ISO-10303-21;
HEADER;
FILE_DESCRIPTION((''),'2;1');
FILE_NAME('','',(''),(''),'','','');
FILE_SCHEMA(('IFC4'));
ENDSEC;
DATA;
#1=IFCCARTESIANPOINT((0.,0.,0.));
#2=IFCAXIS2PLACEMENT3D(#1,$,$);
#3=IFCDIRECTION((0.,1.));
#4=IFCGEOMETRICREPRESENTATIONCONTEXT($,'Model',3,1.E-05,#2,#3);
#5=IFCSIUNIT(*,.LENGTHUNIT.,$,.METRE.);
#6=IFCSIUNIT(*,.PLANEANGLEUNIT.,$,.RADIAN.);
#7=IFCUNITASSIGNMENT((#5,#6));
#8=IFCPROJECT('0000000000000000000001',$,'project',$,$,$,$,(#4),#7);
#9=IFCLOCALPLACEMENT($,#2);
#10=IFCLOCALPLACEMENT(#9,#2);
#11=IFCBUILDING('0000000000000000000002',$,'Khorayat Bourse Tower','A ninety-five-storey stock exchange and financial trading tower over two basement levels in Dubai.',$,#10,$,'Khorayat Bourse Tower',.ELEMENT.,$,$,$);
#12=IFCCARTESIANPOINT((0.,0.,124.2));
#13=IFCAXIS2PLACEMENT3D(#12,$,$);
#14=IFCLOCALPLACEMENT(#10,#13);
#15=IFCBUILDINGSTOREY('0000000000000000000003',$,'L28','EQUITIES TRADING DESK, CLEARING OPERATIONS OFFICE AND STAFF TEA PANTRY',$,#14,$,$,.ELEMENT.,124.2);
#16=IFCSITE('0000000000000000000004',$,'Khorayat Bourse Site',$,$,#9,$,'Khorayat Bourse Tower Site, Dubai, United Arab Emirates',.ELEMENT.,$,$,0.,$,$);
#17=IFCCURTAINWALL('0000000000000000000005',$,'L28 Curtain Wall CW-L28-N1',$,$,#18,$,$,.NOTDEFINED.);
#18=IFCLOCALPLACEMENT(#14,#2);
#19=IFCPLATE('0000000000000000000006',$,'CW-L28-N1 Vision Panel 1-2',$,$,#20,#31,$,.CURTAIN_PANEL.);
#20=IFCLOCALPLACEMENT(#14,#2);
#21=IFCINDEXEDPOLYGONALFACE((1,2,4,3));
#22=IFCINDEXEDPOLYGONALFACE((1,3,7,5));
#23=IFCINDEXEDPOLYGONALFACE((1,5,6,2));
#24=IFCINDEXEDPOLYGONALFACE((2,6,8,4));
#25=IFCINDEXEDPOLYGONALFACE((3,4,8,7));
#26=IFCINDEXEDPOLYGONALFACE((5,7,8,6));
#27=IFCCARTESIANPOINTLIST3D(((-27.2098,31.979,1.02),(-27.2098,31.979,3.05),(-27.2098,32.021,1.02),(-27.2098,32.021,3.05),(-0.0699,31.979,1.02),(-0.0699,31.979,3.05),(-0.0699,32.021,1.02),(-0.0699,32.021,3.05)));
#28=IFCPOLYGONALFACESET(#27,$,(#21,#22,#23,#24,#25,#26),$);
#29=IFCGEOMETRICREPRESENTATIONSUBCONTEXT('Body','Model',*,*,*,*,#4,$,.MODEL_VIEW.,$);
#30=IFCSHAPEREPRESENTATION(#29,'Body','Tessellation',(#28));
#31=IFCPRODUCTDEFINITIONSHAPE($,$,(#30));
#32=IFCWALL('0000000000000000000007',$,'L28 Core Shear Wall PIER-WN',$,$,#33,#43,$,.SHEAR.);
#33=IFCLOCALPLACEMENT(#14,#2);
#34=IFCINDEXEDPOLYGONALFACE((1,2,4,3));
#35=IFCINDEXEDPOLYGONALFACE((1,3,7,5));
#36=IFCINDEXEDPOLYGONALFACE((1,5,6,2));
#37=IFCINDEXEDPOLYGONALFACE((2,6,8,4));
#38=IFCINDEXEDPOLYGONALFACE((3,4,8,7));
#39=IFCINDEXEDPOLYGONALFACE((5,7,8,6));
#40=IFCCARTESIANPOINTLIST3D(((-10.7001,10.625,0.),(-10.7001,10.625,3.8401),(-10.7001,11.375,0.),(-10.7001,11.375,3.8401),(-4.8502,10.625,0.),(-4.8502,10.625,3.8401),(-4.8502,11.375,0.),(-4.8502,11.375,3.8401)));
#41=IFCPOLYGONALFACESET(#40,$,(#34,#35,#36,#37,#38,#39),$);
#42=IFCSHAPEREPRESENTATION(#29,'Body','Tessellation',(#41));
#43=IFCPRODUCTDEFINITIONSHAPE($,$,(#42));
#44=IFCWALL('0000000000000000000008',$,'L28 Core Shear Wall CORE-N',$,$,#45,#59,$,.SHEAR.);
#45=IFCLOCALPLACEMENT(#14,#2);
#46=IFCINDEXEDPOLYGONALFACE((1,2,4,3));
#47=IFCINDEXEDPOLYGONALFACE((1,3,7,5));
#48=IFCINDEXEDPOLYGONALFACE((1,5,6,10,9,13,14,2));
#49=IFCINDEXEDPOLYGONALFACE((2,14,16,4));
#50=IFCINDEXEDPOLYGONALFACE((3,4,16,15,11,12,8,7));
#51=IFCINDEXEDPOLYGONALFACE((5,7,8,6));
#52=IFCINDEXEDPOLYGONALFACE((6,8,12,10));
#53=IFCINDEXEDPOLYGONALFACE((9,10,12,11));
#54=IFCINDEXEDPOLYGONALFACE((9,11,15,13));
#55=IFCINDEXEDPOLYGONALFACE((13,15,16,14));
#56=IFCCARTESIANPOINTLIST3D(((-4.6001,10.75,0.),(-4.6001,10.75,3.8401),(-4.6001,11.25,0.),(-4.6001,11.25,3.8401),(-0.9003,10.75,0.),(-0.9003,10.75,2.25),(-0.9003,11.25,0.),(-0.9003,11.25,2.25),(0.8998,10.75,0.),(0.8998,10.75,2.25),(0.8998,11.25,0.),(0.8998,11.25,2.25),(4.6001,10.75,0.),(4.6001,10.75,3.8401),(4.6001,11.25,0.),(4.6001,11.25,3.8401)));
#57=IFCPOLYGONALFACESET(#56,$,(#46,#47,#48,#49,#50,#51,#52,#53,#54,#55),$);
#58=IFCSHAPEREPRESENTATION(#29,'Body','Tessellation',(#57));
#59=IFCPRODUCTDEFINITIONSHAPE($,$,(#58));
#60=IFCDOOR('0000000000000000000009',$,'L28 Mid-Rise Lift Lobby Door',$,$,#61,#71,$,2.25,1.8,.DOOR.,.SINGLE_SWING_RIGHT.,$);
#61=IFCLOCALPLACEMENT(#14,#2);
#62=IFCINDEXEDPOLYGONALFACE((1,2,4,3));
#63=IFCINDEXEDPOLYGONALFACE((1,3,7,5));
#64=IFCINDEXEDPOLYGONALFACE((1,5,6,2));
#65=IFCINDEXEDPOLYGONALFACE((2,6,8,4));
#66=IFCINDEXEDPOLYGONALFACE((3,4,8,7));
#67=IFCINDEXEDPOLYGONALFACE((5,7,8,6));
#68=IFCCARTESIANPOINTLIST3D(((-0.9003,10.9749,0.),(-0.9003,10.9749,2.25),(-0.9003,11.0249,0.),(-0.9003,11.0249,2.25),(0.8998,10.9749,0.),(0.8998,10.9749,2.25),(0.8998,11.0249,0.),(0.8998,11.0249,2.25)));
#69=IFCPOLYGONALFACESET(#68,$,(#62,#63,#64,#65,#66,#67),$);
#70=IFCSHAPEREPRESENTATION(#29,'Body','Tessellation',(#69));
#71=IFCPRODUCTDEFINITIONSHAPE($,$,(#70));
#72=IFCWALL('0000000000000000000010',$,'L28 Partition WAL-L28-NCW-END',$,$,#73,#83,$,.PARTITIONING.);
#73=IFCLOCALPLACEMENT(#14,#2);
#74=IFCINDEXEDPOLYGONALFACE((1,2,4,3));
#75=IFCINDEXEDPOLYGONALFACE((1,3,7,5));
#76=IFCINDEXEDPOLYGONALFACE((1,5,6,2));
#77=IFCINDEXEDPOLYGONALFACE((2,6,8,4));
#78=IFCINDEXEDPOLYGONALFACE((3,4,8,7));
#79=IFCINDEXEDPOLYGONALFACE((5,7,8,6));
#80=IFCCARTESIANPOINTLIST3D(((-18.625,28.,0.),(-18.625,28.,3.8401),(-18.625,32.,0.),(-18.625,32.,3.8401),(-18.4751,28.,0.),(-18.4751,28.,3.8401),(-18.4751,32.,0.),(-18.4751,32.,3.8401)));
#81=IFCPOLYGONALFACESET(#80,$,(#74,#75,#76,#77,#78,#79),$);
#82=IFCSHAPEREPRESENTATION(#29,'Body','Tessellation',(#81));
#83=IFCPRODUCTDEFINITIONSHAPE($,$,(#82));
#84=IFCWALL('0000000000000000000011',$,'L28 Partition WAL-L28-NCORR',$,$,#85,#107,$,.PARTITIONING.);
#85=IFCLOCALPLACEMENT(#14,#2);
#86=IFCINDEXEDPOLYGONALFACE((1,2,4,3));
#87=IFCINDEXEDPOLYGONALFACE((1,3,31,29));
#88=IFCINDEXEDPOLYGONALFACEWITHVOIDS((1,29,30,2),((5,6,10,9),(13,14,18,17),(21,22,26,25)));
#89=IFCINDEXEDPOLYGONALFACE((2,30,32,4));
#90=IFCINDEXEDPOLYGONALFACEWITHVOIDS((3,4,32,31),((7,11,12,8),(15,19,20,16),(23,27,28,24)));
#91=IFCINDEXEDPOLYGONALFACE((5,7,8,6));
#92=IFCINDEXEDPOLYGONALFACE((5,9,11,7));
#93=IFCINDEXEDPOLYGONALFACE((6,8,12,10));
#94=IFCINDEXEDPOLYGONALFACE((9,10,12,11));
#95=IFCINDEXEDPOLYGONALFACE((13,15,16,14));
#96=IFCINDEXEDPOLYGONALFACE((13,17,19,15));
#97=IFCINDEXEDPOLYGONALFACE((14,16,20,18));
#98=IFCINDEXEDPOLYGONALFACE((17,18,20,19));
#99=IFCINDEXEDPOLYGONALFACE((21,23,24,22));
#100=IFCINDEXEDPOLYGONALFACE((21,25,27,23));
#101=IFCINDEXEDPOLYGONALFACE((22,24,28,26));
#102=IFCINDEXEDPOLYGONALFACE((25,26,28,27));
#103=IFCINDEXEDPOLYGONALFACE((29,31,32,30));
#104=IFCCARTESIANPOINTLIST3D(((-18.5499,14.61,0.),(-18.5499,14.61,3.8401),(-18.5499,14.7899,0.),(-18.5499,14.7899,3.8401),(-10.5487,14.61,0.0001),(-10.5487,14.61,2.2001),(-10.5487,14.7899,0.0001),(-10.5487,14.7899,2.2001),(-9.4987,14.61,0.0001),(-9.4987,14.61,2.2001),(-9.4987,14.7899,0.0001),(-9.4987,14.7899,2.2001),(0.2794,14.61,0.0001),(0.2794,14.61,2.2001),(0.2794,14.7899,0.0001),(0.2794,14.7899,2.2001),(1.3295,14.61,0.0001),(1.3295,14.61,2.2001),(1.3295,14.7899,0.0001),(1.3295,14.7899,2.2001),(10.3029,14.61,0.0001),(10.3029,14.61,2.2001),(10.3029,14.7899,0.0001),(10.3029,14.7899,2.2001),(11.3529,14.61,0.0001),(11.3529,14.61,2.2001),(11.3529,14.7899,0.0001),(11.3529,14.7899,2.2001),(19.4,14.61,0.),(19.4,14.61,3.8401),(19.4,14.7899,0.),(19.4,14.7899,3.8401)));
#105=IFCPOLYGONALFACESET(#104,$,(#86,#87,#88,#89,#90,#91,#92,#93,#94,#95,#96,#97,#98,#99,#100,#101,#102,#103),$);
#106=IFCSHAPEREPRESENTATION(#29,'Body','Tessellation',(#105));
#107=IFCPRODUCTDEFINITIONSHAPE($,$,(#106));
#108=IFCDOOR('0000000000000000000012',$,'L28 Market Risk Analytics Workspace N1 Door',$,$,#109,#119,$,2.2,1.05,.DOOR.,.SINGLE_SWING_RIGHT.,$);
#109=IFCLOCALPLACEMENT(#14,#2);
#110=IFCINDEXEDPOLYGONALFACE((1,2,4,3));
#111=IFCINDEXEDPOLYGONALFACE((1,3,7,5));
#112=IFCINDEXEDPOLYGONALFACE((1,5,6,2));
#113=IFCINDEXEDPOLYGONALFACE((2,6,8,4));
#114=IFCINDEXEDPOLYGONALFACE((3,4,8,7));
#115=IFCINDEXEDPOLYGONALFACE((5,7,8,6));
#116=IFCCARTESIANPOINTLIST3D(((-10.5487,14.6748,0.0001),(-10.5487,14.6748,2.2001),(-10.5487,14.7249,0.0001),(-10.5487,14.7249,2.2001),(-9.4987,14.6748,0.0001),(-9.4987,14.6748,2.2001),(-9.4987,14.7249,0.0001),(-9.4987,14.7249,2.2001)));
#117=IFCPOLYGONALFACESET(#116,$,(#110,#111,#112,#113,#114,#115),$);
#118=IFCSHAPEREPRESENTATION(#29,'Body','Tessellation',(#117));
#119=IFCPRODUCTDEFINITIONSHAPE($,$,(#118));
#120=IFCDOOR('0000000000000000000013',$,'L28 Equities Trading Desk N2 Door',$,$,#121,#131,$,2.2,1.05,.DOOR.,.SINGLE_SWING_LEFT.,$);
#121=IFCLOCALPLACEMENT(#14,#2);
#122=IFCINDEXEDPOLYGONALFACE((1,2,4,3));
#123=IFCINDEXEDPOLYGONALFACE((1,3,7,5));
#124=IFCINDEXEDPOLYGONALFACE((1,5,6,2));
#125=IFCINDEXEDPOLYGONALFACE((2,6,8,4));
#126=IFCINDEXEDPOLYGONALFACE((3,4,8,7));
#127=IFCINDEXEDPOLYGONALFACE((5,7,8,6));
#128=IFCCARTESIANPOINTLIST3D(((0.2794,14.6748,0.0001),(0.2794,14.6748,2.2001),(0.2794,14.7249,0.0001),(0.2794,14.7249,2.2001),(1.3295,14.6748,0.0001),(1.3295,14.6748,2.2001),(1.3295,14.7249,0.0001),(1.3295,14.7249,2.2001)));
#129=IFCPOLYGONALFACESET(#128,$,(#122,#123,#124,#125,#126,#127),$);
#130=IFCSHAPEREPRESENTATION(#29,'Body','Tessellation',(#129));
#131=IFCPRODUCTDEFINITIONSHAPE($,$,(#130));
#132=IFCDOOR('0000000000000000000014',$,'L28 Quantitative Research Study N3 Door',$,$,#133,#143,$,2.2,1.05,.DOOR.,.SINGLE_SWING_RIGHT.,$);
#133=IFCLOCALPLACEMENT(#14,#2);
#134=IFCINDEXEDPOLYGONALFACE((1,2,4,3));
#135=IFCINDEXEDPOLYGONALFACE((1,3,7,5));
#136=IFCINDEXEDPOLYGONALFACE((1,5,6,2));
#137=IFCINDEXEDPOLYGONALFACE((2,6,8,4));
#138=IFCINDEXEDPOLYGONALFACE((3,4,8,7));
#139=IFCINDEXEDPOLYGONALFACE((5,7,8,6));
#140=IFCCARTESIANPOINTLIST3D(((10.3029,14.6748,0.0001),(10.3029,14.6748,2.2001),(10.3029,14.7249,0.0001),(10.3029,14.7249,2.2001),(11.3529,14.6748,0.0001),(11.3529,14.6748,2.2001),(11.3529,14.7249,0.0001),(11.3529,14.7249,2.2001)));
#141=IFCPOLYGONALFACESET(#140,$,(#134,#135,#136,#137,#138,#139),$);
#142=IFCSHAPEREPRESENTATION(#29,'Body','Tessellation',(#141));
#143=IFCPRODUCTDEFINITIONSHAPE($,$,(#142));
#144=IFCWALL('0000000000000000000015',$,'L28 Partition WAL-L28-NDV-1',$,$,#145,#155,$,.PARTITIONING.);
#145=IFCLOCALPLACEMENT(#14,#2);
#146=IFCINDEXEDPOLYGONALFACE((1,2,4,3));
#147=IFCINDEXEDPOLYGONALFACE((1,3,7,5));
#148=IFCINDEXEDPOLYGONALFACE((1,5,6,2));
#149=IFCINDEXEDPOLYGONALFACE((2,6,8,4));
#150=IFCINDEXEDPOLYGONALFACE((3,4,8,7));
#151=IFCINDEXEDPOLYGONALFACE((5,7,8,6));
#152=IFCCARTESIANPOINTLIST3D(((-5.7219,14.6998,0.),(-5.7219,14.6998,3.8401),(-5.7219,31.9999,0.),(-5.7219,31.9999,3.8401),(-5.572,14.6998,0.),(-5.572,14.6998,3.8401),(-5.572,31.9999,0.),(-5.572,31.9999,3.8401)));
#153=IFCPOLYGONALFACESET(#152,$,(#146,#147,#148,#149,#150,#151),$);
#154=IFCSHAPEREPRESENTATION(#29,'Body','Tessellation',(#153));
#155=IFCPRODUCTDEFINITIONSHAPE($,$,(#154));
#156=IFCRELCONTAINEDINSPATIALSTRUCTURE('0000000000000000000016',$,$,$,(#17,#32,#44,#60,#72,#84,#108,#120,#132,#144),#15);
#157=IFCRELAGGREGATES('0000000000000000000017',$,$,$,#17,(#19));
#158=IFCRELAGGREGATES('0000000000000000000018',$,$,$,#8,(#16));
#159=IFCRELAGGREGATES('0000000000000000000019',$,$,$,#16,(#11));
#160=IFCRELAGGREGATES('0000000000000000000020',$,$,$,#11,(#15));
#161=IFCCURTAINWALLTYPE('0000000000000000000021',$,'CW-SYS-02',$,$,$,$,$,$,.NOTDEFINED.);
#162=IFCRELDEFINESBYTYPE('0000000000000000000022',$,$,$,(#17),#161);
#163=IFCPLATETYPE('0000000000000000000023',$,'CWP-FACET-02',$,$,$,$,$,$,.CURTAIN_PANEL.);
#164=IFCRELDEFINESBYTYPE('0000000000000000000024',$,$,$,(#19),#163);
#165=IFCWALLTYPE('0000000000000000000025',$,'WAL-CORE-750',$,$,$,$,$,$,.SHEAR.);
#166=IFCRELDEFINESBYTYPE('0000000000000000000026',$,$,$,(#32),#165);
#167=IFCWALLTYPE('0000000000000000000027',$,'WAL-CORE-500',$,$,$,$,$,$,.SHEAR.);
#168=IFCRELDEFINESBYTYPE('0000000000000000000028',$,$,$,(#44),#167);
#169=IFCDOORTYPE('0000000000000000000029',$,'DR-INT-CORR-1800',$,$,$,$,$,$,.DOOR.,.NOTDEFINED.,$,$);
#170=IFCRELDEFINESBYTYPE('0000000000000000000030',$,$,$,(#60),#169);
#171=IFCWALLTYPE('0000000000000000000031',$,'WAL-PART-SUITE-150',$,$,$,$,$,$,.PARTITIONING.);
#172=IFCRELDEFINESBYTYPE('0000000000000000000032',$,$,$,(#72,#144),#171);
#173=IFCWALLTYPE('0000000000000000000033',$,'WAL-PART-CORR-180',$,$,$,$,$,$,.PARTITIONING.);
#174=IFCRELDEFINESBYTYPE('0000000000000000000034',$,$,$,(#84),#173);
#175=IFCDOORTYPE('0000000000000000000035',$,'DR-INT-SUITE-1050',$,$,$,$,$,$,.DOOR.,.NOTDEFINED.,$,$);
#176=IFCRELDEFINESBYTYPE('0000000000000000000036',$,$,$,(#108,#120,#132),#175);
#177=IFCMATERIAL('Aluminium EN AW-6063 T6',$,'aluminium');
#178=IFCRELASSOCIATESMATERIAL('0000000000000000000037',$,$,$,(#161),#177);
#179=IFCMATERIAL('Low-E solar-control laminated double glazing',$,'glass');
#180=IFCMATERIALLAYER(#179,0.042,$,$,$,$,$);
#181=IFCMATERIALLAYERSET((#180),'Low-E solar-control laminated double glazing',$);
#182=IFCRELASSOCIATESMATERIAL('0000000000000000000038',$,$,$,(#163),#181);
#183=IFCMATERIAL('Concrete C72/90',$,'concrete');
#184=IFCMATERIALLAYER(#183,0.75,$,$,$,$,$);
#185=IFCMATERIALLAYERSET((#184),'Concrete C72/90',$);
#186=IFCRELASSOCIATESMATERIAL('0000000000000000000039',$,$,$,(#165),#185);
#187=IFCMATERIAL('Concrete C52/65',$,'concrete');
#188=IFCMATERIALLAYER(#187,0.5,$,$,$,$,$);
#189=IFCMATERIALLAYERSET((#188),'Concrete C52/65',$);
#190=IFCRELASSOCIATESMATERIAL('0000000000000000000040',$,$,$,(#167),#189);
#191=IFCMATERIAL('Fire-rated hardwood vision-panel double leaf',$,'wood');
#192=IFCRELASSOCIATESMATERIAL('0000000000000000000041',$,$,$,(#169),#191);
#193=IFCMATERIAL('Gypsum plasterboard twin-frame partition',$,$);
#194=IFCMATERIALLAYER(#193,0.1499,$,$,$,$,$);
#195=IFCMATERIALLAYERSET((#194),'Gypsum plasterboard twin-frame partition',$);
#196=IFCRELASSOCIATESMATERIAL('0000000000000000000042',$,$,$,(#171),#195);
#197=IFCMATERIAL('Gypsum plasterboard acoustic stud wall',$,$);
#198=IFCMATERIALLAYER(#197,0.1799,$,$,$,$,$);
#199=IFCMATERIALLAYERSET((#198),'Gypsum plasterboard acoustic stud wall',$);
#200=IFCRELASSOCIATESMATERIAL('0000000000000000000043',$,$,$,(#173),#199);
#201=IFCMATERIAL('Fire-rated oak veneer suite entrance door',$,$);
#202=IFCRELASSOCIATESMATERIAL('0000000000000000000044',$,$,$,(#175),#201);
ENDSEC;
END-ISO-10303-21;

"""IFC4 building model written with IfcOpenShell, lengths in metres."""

from ifc_helpers import new_model, si_unit, direction, frame, frame_2d, origin, origin_2d, place, context, subcontext, project, spatial, rectangle, extrude, source, transform, mapped, material, layer, layer_set, type_object, element, fill, aggregate, save


model = new_model("IFC4")

# Units and contexts
model_context = context("Model", 3, precision=1e-05, world=origin(), true_north=direction((0.0, 1.0)))
body_context = subcontext(model_context, "Body", "Model", "MODEL_VIEW")
ifc_project = project(units=[si_unit("LENGTHUNIT", "METRE"), si_unit("PLANEANGLEUNIT", "RADIAN")], contexts=[model_context])

# Site, building, storey
site_placement = place(None, origin())
site = spatial("IfcSite", under=ifc_project, at=site_placement, Name="Khorayat Bourse Site", LongName="Khorayat Bourse Tower Site, Dubai, United Arab Emirates", CompositionType="ELEMENT", RefElevation=0.0)
building_placement = place(site_placement, origin())
building = spatial("IfcBuilding", under=site, at=building_placement, Name="Khorayat Bourse Tower", Description="A ninety-five-storey stock exchange and financial trading tower over two basement levels in Dubai.", LongName="Khorayat Bourse Tower", CompositionType="ELEMENT")
storey_placement = place(building_placement, frame((0.0, 0.0, 124.2)))
storey = spatial("IfcBuildingStorey", under=building, at=storey_placement, Name="L28", Description="EQUITIES TRADING DESK, CLEARING OPERATIONS OFFICE AND STAFF TEA PANTRY", CompositionType="ELEMENT", Elevation=124.2)

# Shared definitions
ifc_material_1 = material(Name="Concrete C72/90", Category="concrete")

# Curtain wall
ifc_material_2 = material(Name="Aluminium EN AW-6063 T6", Category="aluminium")
curtain_wall_type = type_object("IfcCurtainWallType", Name="CW-SYS-02", PredefinedType="NOTDEFINED", material=ifc_material_2)
curtain_wall_placement = place(storey_placement, origin())
curtain_wall = element("IfcCurtainWall", 1, at=curtain_wall_placement, inside=storey, type_object=curtain_wall_type, Name="L28 Curtain Wall CW-L28-N1", PredefinedType="NOTDEFINED")

# Plate
ifc_material_3 = material(Name="Low-E solar-control laminated double glazing", Category="glass")
ifc_layer_1 = layer(ifc_material_3, 0.042)
ifc_layer_set_1 = layer_set([ifc_layer_1], Name="Low-E solar-control laminated double glazing")
plate_type_1 = type_object("IfcPlateType", Name="CWP-FACET-02", PredefinedType="CURTAIN_PANEL", material=ifc_layer_set_1)
shared_shape_1 = source(origin(), body_context, "Body", "SweptSolid", [
    extrude(rectangle(XDim=27.1399, YDim=0.042, at=origin_2d()), origin(), (0.0, 0.0, 1.0), 2.03),
])
plate_1_placement = place(storey_placement, frame((-13.6399, 32.0, 1.02), z_axis=(0.0, 0.0, 1.0), x_axis=(1.0, 0.0, 0.0)))
plate_1 = element("IfcPlate", 2, at=plate_1_placement, type_object=plate_type_1, Name="CW-L28-N1 Vision Panel 1-2", PredefinedType="CURTAIN_PANEL", context=body_context, shape_type="MappedRepresentation", body=[
    mapped(shared_shape_1, transform((0.0, 0.0, 0.0), scale=1.0)),
])
aggregate(curtain_wall, [plate_1])

# Wall
ifc_layer_2 = layer(ifc_material_1, 0.75)
ifc_layer_set_2 = layer_set([ifc_layer_2], Name="Concrete C72/90")
wall_type_1 = type_object("IfcWallType", Name="WAL-CORE-750", PredefinedType="SHEAR", material=ifc_layer_set_2)
shared_shape_2 = source(origin(), body_context, "Body", "SweptSolid", [
    extrude(rectangle(XDim=5.8499, YDim=0.75, at=frame_2d((2.9248, 0.0))), origin(), (0.0, 0.0, 1.0), 3.8401),
])
wall_1_placement = place(storey_placement, frame((-10.7, 11.0, 0.0), z_axis=(0.0, 0.0, 1.0), x_axis=(1.0, 0.0, 0.0)))
element("IfcWall", 3, at=wall_1_placement, inside=storey, type_object=wall_type_1, Name="L28 Core Shear Wall PIER-WN", PredefinedType="SHEAR", context=body_context, shape_type="MappedRepresentation", body=[
    mapped(shared_shape_2, transform((0.0, 0.0, 0.0), scale=1.0)),
])

# Wall, opening, door
ifc_material_4 = material(Name="Concrete C52/65", Category="concrete")
ifc_layer_3 = layer(ifc_material_4, 0.5)
ifc_layer_set_3 = layer_set([ifc_layer_3], Name="Concrete C52/65")
wall_type_2 = type_object("IfcWallType", Name="WAL-CORE-500", PredefinedType="SHEAR", material=ifc_layer_set_3)
shared_shape_3 = source(origin(), body_context, "Body", "SweptSolid", [
    extrude(rectangle(XDim=9.2002, YDim=0.5, at=frame_2d((4.6001, 0.0))), origin(), (0.0, 0.0, 1.0), 3.8401),
])
wall_2_placement = place(storey_placement, frame((-4.6001, 11.0, 0.0), z_axis=(0.0, 0.0, 1.0), x_axis=(1.0, 0.0, 0.0)))
wall_2 = element("IfcWall", 4, at=wall_2_placement, inside=storey, type_object=wall_type_2, Name="L28 Core Shear Wall CORE-N", PredefinedType="SHEAR", context=body_context, shape_type="MappedRepresentation", body=[
    mapped(shared_shape_3, transform((0.0, 0.0, 0.0), scale=1.0)),
])
shared_shape_4 = source(origin(), body_context, "Body", "SweptSolid", [
    extrude(rectangle(XDim=1.8, YDim=2.25, at=frame_2d((0.8999, 1.125))), frame((0.0, 0.26, 0.0), z_axis=(0.0, -1.0, 0.0), x_axis=(1.0, 0.0, 0.0)), (0.0, 0.0, 1.0), 0.52),
])
opening_1_placement = place(wall_2_placement, frame((3.7, 0.0, 0.0)))
opening_1 = element("IfcOpeningElement", 5, at=opening_1_placement, cuts=wall_2, PredefinedType="OPENING", context=body_context, shape_type="MappedRepresentation", body=[
    mapped(shared_shape_4, transform((0.0, 0.0, 0.0), scale=1.0)),
])
ifc_material_5 = material(Name="Fire-rated hardwood vision-panel double leaf", Category="wood")
door_type_1 = type_object("IfcDoorType", Name="DR-INT-CORR-1800", OperationType="NOTDEFINED", PredefinedType="DOOR", material=ifc_material_5)
shared_shape_5 = source(origin(), body_context, "Body", "SweptSolid", [
    extrude(rectangle(XDim=1.8, YDim=2.25, at=frame_2d((0.8999, 1.125))), frame((0.0, 0.0249, 0.0), z_axis=(0.0, -1.0, 0.0), x_axis=(1.0, 0.0, 0.0)), (0.0, 0.0, 1.0), 0.05),
])
door_1_placement = place(opening_1_placement, origin())
door_1 = element("IfcDoor", 6, at=door_1_placement, inside=storey, type_object=door_type_1, Name="L28 Mid-Rise Lift Lobby Door", OperationType="SINGLE_SWING_RIGHT", OverallHeight=2.25, OverallWidth=1.8, PredefinedType="DOOR", context=body_context, shape_type="MappedRepresentation", body=[
    mapped(shared_shape_5, transform((0.0, 0.0, 0.0), scale=1.0)),
])
fill(opening_1, door_1)

# Wall
ifc_material_6 = material(Name="Gypsum plasterboard twin-frame partition")
ifc_layer_4 = layer(ifc_material_6, 0.1499)
ifc_layer_set_4 = layer_set([ifc_layer_4], Name="Gypsum plasterboard twin-frame partition")
wall_type_3 = type_object("IfcWallType", Name="WAL-PART-SUITE-150", PredefinedType="PARTITIONING", material=ifc_layer_set_4)
shared_shape_6 = source(origin(), body_context, "Body", "SweptSolid", [
    extrude(rectangle(XDim=4.0, YDim=0.1499, at=frame_2d((2.0, 0.0))), origin(), (0.0, 0.0, 1.0), 3.8401),
])
wall_3_placement = place(storey_placement, frame((-18.55, 28.0, 0.0), z_axis=(0.0, 0.0, 1.0), x_axis=(0.0, 1.0, 0.0)))
element("IfcWall", 7, at=wall_3_placement, inside=storey, type_object=wall_type_3, Name="L28 Partition WAL-L28-NCW-END", PredefinedType="PARTITIONING", context=body_context, shape_type="MappedRepresentation", body=[
    mapped(shared_shape_6, transform((0.0, 0.0, 0.0), scale=1.0)),
])

# Wall, openings, doors
ifc_material_7 = material(Name="Gypsum plasterboard acoustic stud wall")
ifc_layer_5 = layer(ifc_material_7, 0.1799)
ifc_layer_set_5 = layer_set([ifc_layer_5], Name="Gypsum plasterboard acoustic stud wall")
wall_type_4 = type_object("IfcWallType", Name="WAL-PART-CORR-180", PredefinedType="PARTITIONING", material=ifc_layer_set_5)
shared_shape_7 = source(origin(), body_context, "Body", "SweptSolid", [
    extrude(rectangle(XDim=37.95, YDim=0.1799, at=frame_2d((18.9751, 0.0))), origin(), (0.0, 0.0, 1.0), 3.8401),
])
wall_4_placement = place(storey_placement, frame((-18.55, 14.7, 0.0), z_axis=(0.0, 0.0, 1.0), x_axis=(1.0, 0.0, 0.0)))
wall_4 = element("IfcWall", 8, at=wall_4_placement, inside=storey, type_object=wall_type_4, Name="L28 Partition WAL-L28-NCORR", PredefinedType="PARTITIONING", context=body_context, shape_type="MappedRepresentation", body=[
    mapped(shared_shape_7, transform((0.0, 0.0, 0.0), scale=1.0)),
])
shared_shape_8 = source(origin(), body_context, "Body", "SweptSolid", [
    extrude(rectangle(XDim=1.05, YDim=2.2, at=frame_2d((0.5249, 1.1001))), frame((0.0, 0.0999, 0.0), z_axis=(0.0, -1.0, 0.0), x_axis=(1.0, 0.0, 0.0)), (0.0, 0.0, 1.0), 0.2),
])
opening_2_placement = place(wall_4_placement, frame((8.0015, 0.0, 0.0)))
opening_2 = element("IfcOpeningElement", 9, at=opening_2_placement, cuts=wall_4, PredefinedType="OPENING", context=body_context, shape_type="MappedRepresentation", body=[
    mapped(shared_shape_8, transform((0.0, 0.0, 0.0), scale=1.0)),
])
opening_3_placement = place(wall_4_placement, frame((18.8296, 0.0, 0.0)))
opening_3 = element("IfcOpeningElement", 10, at=opening_3_placement, cuts=wall_4, PredefinedType="OPENING", context=body_context, shape_type="MappedRepresentation", body=[
    mapped(shared_shape_8, transform((0.0, 0.0, 0.0), scale=1.0)),
])
opening_4_placement = place(wall_4_placement, frame((28.853, 0.0, 0.0)))
opening_4 = element("IfcOpeningElement", 11, at=opening_4_placement, cuts=wall_4, PredefinedType="OPENING", context=body_context, shape_type="MappedRepresentation", body=[
    mapped(shared_shape_8, transform((0.0, 0.0, 0.0), scale=1.0)),
])
ifc_material_8 = material(Name="Fire-rated oak veneer suite entrance door")
door_type_2 = type_object("IfcDoorType", Name="DR-INT-SUITE-1050", OperationType="NOTDEFINED", PredefinedType="DOOR", material=ifc_material_8)
shared_shape_9 = source(origin(), body_context, "Body", "SweptSolid", [
    extrude(rectangle(XDim=1.05, YDim=2.2, at=frame_2d((0.5249, 1.1001))), frame((0.0, 0.0249, 0.0), z_axis=(0.0, -1.0, 0.0), x_axis=(1.0, 0.0, 0.0)), (0.0, 0.0, 1.0), 0.05),
])
door_2_placement = place(opening_2_placement, origin())
door_2 = element("IfcDoor", 12, at=door_2_placement, inside=storey, type_object=door_type_2, Name="L28 Market Risk Analytics Workspace N1 Door", OperationType="SINGLE_SWING_RIGHT", OverallHeight=2.2, OverallWidth=1.05, PredefinedType="DOOR", context=body_context, shape_type="MappedRepresentation", body=[
    mapped(shared_shape_9, transform((0.0, 0.0, 0.0), scale=1.0)),
])
fill(opening_2, door_2)
door_3_placement = place(opening_3_placement, origin())
door_3 = element("IfcDoor", 13, at=door_3_placement, inside=storey, type_object=door_type_2, Name="L28 Equities Trading Desk N2 Door", OperationType="SINGLE_SWING_LEFT", OverallHeight=2.2, OverallWidth=1.05, PredefinedType="DOOR", context=body_context, shape_type="MappedRepresentation", body=[
    mapped(shared_shape_9, transform((0.0, 0.0, 0.0), scale=1.0)),
])
fill(opening_3, door_3)
door_4_placement = place(opening_4_placement, origin())
door_4 = element("IfcDoor", 14, at=door_4_placement, inside=storey, type_object=door_type_2, Name="L28 Quantitative Research Study N3 Door", OperationType="SINGLE_SWING_RIGHT", OverallHeight=2.2, OverallWidth=1.05, PredefinedType="DOOR", context=body_context, shape_type="MappedRepresentation", body=[
    mapped(shared_shape_9, transform((0.0, 0.0, 0.0), scale=1.0)),
])
fill(opening_4, door_4)

# Wall
shared_shape_10 = source(origin(), body_context, "Body", "SweptSolid", [
    extrude(rectangle(XDim=17.3, YDim=0.1499, at=frame_2d((8.6499, 0.0))), origin(), (0.0, 0.0, 1.0), 3.8401),
])
wall_5_placement = place(storey_placement, frame((-5.647, 14.7, 0.0), z_axis=(0.0, 0.0, 1.0), x_axis=(0.0, 1.0, 0.0)))
element("IfcWall", 15, at=wall_5_placement, inside=storey, type_object=wall_type_3, Name="L28 Partition WAL-L28-NDV-1", PredefinedType="PARTITIONING", context=body_context, shape_type="MappedRepresentation", body=[
    mapped(shared_shape_10, transform((0.0, 0.0, 0.0), scale=1.0)),
])

save(model, "model.ifc")
